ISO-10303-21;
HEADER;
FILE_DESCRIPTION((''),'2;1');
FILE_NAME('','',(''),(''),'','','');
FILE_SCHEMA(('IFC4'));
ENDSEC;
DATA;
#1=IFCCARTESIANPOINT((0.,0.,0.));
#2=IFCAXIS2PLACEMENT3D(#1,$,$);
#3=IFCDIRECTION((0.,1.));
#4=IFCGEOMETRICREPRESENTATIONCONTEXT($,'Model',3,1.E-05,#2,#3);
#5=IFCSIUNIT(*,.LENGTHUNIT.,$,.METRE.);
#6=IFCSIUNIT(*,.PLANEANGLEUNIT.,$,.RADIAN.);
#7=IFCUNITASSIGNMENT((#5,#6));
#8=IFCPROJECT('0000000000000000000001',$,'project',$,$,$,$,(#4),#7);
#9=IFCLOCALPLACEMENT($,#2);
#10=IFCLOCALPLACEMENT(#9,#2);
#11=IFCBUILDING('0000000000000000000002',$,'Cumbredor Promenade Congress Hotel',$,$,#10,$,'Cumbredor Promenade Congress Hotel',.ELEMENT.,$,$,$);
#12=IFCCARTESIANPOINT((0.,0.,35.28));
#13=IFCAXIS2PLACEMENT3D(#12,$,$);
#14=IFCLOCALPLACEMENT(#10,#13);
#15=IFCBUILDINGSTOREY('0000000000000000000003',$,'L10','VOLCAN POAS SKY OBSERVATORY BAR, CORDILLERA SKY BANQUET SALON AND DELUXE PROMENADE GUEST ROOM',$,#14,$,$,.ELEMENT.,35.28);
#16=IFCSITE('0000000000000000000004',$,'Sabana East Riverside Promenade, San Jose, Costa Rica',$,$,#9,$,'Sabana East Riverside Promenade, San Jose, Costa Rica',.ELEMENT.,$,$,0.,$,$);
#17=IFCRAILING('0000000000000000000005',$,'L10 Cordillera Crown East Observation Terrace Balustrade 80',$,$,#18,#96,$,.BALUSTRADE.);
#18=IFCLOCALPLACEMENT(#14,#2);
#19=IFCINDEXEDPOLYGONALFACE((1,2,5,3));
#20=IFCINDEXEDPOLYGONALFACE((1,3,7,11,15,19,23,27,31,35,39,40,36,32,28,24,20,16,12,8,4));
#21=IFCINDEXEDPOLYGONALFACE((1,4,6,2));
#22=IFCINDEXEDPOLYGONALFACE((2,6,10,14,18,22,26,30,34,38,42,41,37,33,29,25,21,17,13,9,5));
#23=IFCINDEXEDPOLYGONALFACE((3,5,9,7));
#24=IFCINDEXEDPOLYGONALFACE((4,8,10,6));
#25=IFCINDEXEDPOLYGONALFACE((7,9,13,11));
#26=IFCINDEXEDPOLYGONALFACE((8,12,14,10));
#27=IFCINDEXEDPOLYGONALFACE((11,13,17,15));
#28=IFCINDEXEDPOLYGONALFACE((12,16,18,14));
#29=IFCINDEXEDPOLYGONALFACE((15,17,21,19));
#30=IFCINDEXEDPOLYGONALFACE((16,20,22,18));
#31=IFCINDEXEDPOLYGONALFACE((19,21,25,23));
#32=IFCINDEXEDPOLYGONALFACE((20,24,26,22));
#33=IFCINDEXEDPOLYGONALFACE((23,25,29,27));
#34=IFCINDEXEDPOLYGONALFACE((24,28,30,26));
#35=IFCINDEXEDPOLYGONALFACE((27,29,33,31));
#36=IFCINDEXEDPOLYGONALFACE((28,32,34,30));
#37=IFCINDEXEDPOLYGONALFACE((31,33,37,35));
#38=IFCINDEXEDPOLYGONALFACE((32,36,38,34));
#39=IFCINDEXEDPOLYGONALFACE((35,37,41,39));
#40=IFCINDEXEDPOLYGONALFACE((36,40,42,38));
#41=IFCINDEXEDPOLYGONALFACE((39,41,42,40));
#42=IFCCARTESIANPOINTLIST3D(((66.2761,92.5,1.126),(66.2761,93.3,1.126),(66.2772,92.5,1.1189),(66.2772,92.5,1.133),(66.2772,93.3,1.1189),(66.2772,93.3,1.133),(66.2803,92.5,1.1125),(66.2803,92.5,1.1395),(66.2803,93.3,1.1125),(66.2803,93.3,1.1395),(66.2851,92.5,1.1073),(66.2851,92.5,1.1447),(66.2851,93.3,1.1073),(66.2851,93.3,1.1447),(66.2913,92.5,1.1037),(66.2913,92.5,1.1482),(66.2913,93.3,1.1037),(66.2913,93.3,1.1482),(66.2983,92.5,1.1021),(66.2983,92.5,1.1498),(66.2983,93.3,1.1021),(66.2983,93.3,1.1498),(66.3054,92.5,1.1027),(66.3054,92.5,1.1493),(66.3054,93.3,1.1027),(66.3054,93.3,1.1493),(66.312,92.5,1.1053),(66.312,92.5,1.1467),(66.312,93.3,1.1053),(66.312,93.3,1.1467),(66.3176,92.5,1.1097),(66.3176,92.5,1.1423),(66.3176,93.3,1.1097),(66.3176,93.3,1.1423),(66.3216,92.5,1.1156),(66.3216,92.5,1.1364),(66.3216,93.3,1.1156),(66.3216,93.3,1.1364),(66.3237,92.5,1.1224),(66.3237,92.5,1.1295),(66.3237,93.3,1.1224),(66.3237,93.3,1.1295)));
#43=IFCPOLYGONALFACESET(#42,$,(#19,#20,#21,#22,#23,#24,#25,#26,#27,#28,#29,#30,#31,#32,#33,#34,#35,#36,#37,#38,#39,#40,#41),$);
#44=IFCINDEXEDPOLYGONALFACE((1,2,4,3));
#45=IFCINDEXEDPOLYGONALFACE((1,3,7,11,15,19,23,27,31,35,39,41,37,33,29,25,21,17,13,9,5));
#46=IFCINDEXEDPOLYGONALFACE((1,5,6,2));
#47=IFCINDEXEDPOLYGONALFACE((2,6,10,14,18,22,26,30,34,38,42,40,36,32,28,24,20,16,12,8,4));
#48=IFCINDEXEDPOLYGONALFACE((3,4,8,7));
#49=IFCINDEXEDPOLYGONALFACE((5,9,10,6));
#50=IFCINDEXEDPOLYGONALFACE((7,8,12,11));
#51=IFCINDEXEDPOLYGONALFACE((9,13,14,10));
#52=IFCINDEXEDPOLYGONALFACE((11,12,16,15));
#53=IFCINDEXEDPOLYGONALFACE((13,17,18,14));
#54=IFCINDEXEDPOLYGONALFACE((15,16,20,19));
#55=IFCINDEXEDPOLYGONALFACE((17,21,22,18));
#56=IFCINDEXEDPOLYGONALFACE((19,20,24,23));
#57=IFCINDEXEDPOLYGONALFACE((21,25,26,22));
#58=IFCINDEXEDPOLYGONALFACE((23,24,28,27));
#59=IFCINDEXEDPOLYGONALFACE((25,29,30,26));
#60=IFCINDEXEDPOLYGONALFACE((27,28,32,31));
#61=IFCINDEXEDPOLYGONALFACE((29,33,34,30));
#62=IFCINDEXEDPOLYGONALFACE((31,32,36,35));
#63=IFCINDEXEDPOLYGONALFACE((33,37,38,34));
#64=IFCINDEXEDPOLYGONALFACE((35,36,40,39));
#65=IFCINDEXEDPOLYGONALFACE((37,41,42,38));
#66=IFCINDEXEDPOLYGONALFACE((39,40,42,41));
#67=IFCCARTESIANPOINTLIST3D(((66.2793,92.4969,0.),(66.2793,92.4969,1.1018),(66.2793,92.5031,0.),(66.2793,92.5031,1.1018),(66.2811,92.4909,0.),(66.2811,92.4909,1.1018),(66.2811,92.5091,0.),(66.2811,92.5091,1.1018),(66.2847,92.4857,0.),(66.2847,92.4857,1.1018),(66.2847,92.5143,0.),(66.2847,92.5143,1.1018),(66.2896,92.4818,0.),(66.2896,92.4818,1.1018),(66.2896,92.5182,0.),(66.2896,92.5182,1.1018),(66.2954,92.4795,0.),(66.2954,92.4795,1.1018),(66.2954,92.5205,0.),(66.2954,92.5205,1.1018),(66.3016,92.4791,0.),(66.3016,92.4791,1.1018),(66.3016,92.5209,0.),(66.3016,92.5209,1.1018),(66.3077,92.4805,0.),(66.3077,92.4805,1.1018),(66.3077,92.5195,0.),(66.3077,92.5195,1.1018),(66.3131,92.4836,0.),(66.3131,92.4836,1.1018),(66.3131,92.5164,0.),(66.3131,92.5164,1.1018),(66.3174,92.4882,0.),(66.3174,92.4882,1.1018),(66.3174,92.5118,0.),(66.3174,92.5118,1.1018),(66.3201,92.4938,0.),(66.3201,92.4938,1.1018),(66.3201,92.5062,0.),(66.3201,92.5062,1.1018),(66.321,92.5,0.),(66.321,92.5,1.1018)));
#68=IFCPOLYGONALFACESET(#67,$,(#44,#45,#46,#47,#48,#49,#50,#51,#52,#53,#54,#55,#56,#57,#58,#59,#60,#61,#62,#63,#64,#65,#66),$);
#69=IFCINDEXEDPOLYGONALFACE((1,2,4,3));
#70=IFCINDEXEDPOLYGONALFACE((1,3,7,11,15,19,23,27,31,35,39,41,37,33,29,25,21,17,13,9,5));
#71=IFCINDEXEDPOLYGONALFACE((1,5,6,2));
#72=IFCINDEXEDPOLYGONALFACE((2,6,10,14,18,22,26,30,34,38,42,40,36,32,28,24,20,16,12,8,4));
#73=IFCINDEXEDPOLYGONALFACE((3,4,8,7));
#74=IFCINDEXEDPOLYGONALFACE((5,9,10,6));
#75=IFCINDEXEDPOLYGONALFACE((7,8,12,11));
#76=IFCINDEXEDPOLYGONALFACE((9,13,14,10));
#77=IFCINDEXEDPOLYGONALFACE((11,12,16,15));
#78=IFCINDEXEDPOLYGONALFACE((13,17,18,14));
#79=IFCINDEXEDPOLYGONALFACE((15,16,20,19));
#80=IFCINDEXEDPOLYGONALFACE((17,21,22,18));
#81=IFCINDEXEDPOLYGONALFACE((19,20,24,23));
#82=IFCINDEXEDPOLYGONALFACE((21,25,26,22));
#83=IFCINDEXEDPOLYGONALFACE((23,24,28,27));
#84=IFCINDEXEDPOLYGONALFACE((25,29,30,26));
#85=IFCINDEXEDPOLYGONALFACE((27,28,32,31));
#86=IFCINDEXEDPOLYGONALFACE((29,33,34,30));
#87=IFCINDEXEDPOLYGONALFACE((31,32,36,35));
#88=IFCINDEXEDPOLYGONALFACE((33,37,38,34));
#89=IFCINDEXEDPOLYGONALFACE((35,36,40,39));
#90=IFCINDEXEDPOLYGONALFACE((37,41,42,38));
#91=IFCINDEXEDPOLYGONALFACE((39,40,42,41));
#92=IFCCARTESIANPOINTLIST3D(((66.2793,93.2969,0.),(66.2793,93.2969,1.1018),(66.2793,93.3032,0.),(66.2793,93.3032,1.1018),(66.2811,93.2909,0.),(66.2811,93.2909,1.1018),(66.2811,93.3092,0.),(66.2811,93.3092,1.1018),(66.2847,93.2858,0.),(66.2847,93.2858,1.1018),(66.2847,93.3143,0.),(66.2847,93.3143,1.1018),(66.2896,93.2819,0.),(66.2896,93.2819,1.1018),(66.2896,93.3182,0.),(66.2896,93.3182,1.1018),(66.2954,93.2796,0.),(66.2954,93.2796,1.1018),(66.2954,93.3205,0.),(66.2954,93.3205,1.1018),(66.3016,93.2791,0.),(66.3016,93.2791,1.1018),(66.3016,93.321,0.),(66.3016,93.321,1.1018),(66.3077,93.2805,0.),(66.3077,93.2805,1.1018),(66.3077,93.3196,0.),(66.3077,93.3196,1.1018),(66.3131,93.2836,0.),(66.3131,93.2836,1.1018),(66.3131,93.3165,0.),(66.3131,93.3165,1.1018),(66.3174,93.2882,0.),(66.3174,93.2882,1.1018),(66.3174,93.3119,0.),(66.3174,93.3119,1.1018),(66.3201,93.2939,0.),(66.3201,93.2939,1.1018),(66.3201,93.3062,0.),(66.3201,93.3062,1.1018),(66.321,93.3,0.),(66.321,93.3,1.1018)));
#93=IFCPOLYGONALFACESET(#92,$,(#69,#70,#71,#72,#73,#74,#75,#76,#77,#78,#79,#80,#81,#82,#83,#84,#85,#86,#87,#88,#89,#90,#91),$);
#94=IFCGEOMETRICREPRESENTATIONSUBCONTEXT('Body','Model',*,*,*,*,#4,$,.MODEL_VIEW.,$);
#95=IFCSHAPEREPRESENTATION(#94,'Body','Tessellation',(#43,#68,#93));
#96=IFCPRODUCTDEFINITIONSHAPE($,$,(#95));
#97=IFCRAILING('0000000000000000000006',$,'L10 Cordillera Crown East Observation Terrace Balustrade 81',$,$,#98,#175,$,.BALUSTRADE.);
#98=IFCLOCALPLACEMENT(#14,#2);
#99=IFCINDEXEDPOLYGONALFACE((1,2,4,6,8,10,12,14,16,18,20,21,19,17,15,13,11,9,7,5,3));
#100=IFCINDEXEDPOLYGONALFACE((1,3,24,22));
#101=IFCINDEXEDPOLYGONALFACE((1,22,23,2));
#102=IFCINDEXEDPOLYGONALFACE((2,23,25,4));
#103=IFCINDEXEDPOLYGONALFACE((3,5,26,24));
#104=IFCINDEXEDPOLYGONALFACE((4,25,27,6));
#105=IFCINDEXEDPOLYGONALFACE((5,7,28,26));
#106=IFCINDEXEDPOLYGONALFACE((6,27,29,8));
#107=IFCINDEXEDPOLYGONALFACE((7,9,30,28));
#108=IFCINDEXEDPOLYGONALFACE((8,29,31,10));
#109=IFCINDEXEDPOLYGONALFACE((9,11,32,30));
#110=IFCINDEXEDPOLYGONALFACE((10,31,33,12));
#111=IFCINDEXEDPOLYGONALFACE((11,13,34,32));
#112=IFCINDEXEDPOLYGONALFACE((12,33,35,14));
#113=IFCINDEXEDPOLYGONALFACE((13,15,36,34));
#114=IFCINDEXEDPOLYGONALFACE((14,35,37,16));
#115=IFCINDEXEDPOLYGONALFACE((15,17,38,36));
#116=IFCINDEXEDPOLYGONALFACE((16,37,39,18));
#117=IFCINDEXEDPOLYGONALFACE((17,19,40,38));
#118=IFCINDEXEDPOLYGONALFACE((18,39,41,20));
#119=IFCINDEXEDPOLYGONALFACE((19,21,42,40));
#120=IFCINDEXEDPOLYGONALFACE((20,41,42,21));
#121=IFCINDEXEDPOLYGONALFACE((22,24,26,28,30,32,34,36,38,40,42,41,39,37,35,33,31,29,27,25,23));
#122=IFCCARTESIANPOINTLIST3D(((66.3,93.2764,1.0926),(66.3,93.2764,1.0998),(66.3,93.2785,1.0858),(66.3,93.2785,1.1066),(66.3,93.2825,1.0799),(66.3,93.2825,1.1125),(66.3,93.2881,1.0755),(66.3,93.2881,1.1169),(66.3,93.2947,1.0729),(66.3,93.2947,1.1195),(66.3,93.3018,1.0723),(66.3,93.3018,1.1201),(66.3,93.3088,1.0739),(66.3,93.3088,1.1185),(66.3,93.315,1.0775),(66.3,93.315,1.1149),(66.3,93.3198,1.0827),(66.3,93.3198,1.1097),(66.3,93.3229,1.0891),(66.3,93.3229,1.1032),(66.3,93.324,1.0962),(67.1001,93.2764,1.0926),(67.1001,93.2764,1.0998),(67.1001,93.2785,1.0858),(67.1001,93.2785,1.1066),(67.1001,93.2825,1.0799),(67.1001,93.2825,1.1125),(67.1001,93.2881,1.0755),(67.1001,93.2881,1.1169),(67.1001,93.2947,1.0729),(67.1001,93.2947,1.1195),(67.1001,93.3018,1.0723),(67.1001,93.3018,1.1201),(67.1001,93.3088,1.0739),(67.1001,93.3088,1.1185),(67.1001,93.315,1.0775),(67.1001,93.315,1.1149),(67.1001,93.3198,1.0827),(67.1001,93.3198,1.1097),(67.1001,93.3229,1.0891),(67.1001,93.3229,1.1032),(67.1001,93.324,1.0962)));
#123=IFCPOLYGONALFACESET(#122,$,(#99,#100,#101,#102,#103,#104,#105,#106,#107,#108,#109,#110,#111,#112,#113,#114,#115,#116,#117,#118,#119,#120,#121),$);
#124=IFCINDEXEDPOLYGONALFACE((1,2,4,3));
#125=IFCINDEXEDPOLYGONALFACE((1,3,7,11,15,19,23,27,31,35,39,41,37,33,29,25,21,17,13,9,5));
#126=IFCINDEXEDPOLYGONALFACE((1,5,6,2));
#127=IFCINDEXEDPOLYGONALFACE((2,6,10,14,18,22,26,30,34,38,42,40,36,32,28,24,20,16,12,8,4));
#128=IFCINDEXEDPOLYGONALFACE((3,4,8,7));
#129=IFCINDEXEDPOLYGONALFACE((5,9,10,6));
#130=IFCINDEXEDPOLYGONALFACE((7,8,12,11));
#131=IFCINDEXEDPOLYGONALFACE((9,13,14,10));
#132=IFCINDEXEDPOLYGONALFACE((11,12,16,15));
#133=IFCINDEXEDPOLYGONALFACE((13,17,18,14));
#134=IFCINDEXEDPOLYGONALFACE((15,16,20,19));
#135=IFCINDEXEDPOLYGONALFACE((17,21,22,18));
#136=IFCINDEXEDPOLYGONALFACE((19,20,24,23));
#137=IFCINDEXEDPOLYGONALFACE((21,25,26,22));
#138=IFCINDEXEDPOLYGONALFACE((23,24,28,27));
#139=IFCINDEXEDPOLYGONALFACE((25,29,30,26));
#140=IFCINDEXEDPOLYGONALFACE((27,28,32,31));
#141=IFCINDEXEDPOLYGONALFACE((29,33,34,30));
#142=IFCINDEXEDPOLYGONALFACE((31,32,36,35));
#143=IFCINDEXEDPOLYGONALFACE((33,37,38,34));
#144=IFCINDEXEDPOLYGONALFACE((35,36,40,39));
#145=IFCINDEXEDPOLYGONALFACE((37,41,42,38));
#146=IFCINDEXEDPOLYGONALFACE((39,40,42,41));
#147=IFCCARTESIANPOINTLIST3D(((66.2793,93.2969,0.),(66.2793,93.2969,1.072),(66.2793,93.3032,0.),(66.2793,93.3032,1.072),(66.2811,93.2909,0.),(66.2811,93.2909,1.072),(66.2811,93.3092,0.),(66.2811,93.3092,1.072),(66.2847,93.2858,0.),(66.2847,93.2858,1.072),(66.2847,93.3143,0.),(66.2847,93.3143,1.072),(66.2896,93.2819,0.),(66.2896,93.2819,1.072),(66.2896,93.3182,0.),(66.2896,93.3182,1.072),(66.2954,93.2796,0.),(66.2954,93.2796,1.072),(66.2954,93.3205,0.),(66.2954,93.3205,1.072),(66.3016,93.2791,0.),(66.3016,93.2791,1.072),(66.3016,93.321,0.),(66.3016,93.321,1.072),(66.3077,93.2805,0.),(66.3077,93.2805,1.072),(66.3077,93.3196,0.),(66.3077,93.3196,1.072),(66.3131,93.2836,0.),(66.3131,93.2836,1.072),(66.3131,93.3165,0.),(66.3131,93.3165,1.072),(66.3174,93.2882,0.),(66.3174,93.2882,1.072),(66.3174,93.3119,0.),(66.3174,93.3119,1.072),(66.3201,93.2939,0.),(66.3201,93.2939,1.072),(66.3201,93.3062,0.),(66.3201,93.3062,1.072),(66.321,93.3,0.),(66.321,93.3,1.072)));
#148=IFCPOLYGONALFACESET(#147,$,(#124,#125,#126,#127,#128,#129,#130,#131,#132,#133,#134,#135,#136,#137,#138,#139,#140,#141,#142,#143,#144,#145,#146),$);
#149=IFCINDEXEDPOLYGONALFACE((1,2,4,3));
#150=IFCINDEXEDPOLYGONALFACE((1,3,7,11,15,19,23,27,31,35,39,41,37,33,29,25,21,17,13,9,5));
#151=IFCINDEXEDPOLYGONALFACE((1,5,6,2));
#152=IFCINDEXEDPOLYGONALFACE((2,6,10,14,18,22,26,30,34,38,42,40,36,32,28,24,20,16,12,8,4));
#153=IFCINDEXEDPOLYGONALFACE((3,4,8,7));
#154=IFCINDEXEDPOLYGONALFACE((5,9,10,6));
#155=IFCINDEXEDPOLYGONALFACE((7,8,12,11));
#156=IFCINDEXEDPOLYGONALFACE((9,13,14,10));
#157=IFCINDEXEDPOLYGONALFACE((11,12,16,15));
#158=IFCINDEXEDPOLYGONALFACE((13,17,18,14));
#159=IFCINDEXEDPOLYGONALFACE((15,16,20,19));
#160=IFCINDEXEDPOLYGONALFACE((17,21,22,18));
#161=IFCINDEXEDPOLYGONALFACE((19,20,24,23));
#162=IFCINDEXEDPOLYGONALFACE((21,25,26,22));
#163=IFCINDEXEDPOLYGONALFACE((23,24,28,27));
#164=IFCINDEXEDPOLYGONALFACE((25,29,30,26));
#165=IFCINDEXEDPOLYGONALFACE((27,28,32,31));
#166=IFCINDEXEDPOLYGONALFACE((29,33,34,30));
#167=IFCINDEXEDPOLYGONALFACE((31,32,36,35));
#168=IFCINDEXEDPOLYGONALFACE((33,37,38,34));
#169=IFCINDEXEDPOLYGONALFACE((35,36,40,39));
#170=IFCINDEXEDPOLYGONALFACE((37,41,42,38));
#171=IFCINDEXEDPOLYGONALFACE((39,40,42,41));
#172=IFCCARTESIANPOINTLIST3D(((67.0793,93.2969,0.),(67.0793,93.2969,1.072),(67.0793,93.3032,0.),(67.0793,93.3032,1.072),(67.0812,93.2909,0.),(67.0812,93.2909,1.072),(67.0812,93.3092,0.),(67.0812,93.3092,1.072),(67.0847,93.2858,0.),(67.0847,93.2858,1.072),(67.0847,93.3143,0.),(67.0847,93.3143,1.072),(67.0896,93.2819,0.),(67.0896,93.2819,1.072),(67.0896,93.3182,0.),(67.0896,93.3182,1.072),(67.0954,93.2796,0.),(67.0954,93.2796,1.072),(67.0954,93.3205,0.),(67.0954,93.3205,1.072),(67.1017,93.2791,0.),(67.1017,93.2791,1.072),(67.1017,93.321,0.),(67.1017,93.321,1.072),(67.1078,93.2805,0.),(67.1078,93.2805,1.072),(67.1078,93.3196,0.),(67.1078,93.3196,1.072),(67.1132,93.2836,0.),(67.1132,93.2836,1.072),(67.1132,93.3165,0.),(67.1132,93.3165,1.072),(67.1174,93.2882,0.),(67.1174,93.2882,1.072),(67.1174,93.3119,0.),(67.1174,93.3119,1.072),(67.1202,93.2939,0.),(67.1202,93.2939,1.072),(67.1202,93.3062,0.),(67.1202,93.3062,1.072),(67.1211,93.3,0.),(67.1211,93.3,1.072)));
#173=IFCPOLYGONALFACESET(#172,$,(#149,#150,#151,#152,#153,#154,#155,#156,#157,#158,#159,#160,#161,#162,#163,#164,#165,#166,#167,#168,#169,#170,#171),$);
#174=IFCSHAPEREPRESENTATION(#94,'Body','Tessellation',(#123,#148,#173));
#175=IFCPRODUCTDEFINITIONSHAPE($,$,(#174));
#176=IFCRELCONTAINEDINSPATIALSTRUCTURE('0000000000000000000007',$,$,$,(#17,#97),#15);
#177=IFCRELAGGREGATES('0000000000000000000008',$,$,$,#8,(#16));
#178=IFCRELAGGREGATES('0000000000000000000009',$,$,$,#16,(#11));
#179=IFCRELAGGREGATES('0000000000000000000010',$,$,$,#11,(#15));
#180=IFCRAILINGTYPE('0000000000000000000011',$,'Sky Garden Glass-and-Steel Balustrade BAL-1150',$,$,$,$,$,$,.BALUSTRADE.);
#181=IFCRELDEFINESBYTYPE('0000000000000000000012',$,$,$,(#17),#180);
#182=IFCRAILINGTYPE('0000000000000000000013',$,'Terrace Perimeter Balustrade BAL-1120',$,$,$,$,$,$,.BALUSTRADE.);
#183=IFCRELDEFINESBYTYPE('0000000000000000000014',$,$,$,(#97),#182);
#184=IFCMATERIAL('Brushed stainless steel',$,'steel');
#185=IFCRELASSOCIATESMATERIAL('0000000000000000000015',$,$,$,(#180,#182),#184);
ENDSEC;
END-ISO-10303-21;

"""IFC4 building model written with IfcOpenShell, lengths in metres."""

from ifc_helpers import new_model, si_unit, direction, frame, origin, origin_2d, place, context, subcontext, project, spatial, circle, extrude, material, type_object, element, save


model = new_model("IFC4")

# Units and contexts
model_context = context("Model", 3, precision=1e-05, world=origin(), true_north=direction((0.0, 1.0)))
body_context = subcontext(model_context, "Body", "Model", "MODEL_VIEW")
ifc_project = project(units=[si_unit("LENGTHUNIT", "METRE"), si_unit("PLANEANGLEUNIT", "RADIAN")], contexts=[model_context])

# Site, building, storey
site_placement = place(None, origin())
site = spatial("IfcSite", under=ifc_project, at=site_placement, Name="Sabana East Riverside Promenade, San Jose, Costa Rica", LongName="Sabana East Riverside Promenade, San Jose, Costa Rica", CompositionType="ELEMENT", RefElevation=0.0)
building_placement = place(site_placement, origin())
building = spatial("IfcBuilding", under=site, at=building_placement, Name="Cumbredor Promenade Congress Hotel", LongName="Cumbredor Promenade Congress Hotel", CompositionType="ELEMENT")
storey_placement = place(building_placement, frame((0.0, 0.0, 35.28)))
storey = spatial("IfcBuildingStorey", under=building, at=storey_placement, Name="L10", Description="VOLCAN POAS SKY OBSERVATORY BAR, CORDILLERA SKY BANQUET SALON AND DELUXE PROMENADE GUEST ROOM", CompositionType="ELEMENT", Elevation=35.28)

# Railings
ifc_material_1 = material(Name="Brushed stainless steel", Category="steel")
railing_type_1 = type_object("IfcRailingType", Name="Sky Garden Glass-and-Steel Balustrade BAL-1150", PredefinedType="BALUSTRADE", material=ifc_material_1)
railing_1_placement = place(storey_placement, frame((66.3, 92.5, 0.0)))
element("IfcRailing", 1, at=railing_1_placement, inside=storey, type_object=railing_type_1, Name="L10 Cordillera Crown East Observation Terrace Balustrade 80", PredefinedType="BALUSTRADE", context=body_context, shape_type="SweptSolid", body=[
    extrude(circle(Radius=0.0239, at=origin_2d()), frame((0.0, 0.0, 1.126), z_axis=(0.0, 1.0, 0.0), x_axis=(-1.0, 0.0, 0.0)), (0.0, 0.0, 1.0), 0.8),
    extrude(circle(Radius=0.021, at=origin_2d()), origin(), (0.0, 0.0, 1.0), 1.1018),
    extrude(circle(Radius=0.021, at=origin_2d()), frame((0.0, 0.8, 0.0)), (0.0, 0.0, 1.0), 1.1018),
])
railing_type_2 = type_object("IfcRailingType", Name="Terrace Perimeter Balustrade BAL-1120", PredefinedType="BALUSTRADE", material=ifc_material_1)
railing_2_placement = place(storey_placement, frame((66.3, 93.3, 0.0)))
element("IfcRailing", 2, at=railing_2_placement, inside=storey, type_object=railing_type_2, Name="L10 Cordillera Crown East Observation Terrace Balustrade 81", PredefinedType="BALUSTRADE", context=body_context, shape_type="SweptSolid", body=[
    extrude(circle(Radius=0.0239, at=origin_2d()), frame((0.0, 0.0, 1.0962), z_axis=(1.0, 0.0, 0.0), x_axis=(0.0, 1.0, 0.0)), (0.0, 0.0, 1.0), 0.8),
    extrude(circle(Radius=0.021, at=origin_2d()), origin(), (0.0, 0.0, 1.0), 1.072),
    extrude(circle(Radius=0.021, at=origin_2d()), frame((0.8, 0.0, 0.0)), (0.0, 0.0, 1.0), 1.072),
])

save(model, "model.ifc")
